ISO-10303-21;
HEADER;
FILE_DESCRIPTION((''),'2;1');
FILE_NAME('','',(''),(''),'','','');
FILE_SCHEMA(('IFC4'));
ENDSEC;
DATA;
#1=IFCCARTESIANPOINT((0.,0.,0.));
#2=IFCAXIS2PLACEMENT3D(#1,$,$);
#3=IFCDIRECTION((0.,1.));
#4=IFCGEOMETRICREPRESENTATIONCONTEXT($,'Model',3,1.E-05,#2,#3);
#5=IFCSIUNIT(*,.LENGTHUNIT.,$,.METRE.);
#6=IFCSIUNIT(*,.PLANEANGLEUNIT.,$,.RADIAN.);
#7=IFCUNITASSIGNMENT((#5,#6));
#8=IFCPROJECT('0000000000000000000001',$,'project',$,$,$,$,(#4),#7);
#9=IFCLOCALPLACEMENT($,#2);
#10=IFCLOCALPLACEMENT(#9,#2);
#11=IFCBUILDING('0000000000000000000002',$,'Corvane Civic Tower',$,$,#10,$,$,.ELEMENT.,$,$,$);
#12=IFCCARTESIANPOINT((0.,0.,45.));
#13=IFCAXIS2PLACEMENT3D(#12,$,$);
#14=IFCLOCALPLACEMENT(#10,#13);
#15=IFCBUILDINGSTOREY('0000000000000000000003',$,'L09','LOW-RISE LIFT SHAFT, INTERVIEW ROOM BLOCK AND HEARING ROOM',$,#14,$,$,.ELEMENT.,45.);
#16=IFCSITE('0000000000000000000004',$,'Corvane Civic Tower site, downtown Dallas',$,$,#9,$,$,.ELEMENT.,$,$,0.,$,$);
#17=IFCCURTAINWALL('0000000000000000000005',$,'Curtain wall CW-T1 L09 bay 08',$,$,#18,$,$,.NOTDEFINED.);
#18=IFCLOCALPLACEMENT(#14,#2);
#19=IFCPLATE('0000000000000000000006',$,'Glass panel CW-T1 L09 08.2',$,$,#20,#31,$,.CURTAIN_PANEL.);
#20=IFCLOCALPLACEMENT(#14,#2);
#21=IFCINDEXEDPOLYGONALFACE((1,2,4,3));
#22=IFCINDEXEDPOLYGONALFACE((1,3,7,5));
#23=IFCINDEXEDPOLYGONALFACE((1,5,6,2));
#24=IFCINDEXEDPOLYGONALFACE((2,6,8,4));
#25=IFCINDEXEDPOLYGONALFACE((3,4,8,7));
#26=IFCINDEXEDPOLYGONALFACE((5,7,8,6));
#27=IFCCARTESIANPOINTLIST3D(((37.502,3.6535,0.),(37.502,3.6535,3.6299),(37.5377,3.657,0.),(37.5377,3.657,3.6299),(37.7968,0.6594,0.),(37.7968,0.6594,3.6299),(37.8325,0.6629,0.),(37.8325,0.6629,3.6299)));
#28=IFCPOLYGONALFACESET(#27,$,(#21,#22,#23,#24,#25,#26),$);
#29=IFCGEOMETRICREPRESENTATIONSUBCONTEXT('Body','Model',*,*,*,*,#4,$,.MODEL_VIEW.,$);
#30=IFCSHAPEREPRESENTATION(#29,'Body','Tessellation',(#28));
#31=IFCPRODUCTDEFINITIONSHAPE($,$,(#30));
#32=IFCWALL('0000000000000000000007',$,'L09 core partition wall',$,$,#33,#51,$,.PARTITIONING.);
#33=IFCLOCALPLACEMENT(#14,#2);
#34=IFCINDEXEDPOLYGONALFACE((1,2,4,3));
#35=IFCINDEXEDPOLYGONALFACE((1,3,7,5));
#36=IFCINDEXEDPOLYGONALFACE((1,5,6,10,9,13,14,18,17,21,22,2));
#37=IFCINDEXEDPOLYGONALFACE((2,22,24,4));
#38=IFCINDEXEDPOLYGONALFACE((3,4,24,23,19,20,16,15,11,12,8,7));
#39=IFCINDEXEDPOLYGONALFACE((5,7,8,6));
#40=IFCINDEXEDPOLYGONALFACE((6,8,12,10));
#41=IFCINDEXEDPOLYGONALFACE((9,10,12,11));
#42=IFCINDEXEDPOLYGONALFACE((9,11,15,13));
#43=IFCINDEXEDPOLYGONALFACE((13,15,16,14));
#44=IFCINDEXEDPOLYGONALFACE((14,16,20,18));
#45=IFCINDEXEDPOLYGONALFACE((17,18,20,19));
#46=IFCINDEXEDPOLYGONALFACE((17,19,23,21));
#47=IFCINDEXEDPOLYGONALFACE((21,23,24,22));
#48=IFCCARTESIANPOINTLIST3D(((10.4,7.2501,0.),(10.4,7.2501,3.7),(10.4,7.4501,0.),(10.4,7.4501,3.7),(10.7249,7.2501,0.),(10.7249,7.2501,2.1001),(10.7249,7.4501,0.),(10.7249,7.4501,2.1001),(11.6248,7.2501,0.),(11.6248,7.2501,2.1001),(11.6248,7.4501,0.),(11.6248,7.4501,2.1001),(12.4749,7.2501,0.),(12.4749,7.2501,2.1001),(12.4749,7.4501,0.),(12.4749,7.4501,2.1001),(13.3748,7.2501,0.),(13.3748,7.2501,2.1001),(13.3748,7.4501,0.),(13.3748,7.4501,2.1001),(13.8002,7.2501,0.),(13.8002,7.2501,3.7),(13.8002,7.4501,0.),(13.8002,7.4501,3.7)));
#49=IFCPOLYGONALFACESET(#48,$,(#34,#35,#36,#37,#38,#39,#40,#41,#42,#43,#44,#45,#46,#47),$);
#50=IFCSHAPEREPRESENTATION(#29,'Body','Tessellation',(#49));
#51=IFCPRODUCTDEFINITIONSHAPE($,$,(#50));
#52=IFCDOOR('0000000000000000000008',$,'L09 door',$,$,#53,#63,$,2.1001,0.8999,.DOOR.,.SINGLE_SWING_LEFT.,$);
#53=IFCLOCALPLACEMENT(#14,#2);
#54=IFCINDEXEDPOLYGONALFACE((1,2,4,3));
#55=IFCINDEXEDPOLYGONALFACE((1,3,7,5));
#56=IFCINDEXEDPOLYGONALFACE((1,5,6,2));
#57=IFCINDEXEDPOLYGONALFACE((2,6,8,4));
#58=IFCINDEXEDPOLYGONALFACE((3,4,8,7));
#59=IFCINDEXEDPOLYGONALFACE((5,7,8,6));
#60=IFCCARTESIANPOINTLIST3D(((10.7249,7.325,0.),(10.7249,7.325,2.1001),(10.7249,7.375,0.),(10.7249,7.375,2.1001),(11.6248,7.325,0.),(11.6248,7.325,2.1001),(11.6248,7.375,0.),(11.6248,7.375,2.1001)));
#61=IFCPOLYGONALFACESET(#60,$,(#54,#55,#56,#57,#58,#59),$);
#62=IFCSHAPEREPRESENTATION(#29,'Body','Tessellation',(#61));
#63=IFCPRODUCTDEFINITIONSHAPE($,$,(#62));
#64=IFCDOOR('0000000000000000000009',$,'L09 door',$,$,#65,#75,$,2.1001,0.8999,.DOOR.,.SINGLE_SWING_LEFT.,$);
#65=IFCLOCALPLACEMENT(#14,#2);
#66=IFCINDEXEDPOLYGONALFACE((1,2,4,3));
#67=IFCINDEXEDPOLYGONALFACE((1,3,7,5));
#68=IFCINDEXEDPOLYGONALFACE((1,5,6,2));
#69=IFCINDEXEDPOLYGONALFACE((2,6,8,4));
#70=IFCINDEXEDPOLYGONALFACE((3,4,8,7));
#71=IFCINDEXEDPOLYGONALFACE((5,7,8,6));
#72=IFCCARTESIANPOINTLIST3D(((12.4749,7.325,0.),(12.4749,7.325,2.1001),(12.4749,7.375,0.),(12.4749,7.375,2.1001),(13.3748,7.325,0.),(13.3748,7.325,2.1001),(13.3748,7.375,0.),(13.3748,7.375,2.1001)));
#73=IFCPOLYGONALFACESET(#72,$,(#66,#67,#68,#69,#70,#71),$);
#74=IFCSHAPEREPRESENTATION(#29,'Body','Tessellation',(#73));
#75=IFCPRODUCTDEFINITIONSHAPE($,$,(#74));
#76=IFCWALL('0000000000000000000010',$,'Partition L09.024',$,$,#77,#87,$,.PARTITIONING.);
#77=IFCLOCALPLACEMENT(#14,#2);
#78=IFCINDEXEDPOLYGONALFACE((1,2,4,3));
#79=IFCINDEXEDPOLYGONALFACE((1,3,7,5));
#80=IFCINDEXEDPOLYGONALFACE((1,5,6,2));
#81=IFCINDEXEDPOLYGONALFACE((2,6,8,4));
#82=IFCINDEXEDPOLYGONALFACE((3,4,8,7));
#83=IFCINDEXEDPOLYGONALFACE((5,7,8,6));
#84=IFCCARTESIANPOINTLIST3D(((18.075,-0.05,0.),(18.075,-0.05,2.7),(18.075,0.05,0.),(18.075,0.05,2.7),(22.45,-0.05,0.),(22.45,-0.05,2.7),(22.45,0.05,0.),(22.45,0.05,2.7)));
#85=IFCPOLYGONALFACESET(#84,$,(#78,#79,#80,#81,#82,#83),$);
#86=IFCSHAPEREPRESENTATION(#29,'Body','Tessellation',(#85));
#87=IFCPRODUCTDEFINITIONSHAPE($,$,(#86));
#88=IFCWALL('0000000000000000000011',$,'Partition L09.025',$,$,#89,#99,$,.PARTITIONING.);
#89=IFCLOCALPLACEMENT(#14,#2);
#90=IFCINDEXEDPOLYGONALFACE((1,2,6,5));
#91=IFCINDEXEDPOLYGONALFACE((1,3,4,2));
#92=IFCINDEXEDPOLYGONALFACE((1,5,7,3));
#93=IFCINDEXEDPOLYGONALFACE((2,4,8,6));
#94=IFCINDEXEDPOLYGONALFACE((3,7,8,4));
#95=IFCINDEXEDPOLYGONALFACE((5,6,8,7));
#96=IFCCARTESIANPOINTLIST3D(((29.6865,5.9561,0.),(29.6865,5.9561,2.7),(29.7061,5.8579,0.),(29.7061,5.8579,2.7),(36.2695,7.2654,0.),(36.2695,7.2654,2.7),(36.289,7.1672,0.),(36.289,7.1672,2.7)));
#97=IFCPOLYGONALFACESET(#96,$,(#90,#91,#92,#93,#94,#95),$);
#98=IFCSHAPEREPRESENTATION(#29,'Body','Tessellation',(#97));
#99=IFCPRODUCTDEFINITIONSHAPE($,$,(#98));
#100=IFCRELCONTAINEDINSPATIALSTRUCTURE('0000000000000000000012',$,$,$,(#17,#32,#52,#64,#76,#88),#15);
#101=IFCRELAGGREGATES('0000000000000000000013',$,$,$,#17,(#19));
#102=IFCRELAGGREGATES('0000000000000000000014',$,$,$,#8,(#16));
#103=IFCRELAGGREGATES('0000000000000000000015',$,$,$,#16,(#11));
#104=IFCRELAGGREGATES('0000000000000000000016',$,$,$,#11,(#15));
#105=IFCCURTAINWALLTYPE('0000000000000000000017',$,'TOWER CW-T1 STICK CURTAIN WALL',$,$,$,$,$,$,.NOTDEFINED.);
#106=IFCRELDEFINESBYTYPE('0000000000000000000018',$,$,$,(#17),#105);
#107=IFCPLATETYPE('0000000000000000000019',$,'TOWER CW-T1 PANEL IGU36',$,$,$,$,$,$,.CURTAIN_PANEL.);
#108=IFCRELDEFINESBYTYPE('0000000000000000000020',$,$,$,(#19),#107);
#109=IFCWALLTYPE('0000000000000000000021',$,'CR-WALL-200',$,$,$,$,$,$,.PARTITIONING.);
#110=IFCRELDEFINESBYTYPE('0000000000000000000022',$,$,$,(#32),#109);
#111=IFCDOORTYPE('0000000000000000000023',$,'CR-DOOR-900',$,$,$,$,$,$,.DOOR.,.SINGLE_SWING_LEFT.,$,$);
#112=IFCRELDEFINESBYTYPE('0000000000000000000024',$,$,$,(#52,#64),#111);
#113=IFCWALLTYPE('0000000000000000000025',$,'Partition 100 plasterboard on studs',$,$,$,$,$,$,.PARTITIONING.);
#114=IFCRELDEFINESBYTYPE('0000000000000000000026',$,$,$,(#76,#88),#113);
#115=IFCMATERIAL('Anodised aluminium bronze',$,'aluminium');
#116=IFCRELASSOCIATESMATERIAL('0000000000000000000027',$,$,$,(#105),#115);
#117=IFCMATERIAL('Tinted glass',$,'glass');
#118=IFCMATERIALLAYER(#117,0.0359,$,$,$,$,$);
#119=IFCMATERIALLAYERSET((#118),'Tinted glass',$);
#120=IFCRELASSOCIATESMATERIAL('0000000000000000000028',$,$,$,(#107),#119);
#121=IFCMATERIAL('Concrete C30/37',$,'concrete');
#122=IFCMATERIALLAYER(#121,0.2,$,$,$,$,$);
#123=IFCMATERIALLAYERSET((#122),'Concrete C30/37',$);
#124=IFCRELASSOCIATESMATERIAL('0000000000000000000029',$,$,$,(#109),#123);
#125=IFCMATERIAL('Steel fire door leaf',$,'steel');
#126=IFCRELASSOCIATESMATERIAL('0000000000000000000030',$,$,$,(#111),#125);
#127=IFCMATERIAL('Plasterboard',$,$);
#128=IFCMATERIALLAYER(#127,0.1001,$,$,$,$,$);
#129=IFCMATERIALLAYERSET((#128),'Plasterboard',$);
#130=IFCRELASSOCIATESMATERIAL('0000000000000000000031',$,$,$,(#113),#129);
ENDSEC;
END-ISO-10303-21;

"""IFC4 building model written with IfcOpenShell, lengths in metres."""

from ifc_helpers import new_model, si_unit, direction, frame, frame_2d, origin, origin_2d, place, context, subcontext, project, spatial, rectangle, extrude, material, layer, layer_set, type_object, element, fill, aggregate, save


model = new_model("IFC4")

# Units and contexts
model_context = context("Model", 3, precision=1e-05, world=origin(), true_north=direction((0.0, 1.0)))
body_context = subcontext(model_context, "Body", "Model", "MODEL_VIEW")
ifc_project = project(units=[si_unit("LENGTHUNIT", "METRE"), si_unit("PLANEANGLEUNIT", "RADIAN")], contexts=[model_context])

# Site, building, storey
site_placement = place(None, origin())
site = spatial("IfcSite", under=ifc_project, at=site_placement, Name="Corvane Civic Tower site, downtown Dallas", CompositionType="ELEMENT", RefElevation=0.0)
building_placement = place(site_placement, origin())
building = spatial("IfcBuilding", under=site, at=building_placement, Name="Corvane Civic Tower", CompositionType="ELEMENT")
storey_placement = place(building_placement, frame((0.0, 0.0, 45.0)))
storey = spatial("IfcBuildingStorey", under=building, at=storey_placement, Name="L09", Description="LOW-RISE LIFT SHAFT, INTERVIEW ROOM BLOCK AND HEARING ROOM", CompositionType="ELEMENT", Elevation=45.0)

# Curtain wall
ifc_material_1 = material(Name="Anodised aluminium bronze", Category="aluminium")
curtain_wall_type = type_object("IfcCurtainWallType", Name="TOWER CW-T1 STICK CURTAIN WALL", PredefinedType="NOTDEFINED", material=ifc_material_1)
curtain_wall_1_placement = place(storey_placement, origin())
curtain_wall_1 = element("IfcCurtainWall", 1, at=curtain_wall_1_placement, inside=storey, type_object=curtain_wall_type, Name="Curtain wall CW-T1 L09 bay 08", PredefinedType="NOTDEFINED")

# Plate
ifc_material_2 = material(Name="Tinted glass", Category="glass")
ifc_layer_1 = layer(ifc_material_2, 0.0359)
ifc_layer_set_1 = layer_set([ifc_layer_1], Name="Tinted glass")
plate_type = type_object("IfcPlateType", Name="TOWER CW-T1 PANEL IGU36", PredefinedType="CURTAIN_PANEL", material=ifc_layer_set_1)
plate_1_placement = place(storey_placement, frame((37.6672, 2.1582, 0.0), z_axis=(0.0, 0.0, 1.0), x_axis=(0.098006, -0.995186, 0.0)))
plate_1 = element("IfcPlate", 2, at=plate_1_placement, type_object=plate_type, Name="Glass panel CW-T1 L09 08.2", PredefinedType="CURTAIN_PANEL", context=body_context, shape_type="SweptSolid", body=[
    extrude(rectangle(XDim=3.0085, YDim=0.0359, at=origin_2d()), origin(), (0.0, 0.0, 1.0), 3.6299),
])
aggregate(curtain_wall_1, [plate_1])

# Wall, openings, doors
ifc_material_3 = material(Name="Concrete C30/37", Category="concrete")
ifc_layer_2 = layer(ifc_material_3, 0.2)
ifc_layer_set_2 = layer_set([ifc_layer_2], Name="Concrete C30/37")
wall_type_1 = type_object("IfcWallType", Name="CR-WALL-200", PredefinedType="PARTITIONING", material=ifc_layer_set_2)
wall_1_placement = place(storey_placement, frame((10.3999, 7.3501, 0.0), z_axis=(0.0, 0.0, 1.0), x_axis=(1.0, 0.0, 0.0)))
wall_1 = element("IfcWall", 3, at=wall_1_placement, inside=storey, type_object=wall_type_1, Name="L09 core partition wall", PredefinedType="PARTITIONING", context=body_context, shape_type="SweptSolid", body=[
    extrude(rectangle(XDim=3.4001, YDim=0.2, at=frame_2d((1.7002, 0.0))), origin(), (0.0, 0.0, 1.0), 3.7),
])
opening_1_placement = place(wall_1_placement, frame((0.325, 0.0, 0.0)))
opening_1 = element("IfcOpeningElement", 4, at=opening_1_placement, cuts=wall_1, PredefinedType="OPENING", context=body_context, shape_type="SweptSolid", body=[
    extrude(rectangle(XDim=0.8999, YDim=2.1001, at=frame_2d((0.45, 1.05))), frame((0.0, 0.1099, 0.0), z_axis=(0.0, -1.0, 0.0), x_axis=(1.0, 0.0, 0.0)), (0.0, 0.0, 1.0), 0.22),
])
opening_2_placement = place(wall_1_placement, frame((2.075, 0.0, 0.0)))
opening_2 = element("IfcOpeningElement", 5, at=opening_2_placement, cuts=wall_1, PredefinedType="OPENING", context=body_context, shape_type="SweptSolid", body=[
    extrude(rectangle(XDim=0.8999, YDim=2.1001, at=frame_2d((0.45, 1.05))), frame((0.0, 0.1099, 0.0), z_axis=(0.0, -1.0, 0.0), x_axis=(1.0, 0.0, 0.0)), (0.0, 0.0, 1.0), 0.22),
])
ifc_material_4 = material(Name="Steel fire door leaf", Category="steel")
door_type = type_object("IfcDoorType", Name="CR-DOOR-900", OperationType="SINGLE_SWING_LEFT", PredefinedType="DOOR", material=ifc_material_4)
door_1_placement = place(opening_1_placement, origin())
door_1 = element("IfcDoor", 6, at=door_1_placement, inside=storey, type_object=door_type, Name="L09 door", OperationType="SINGLE_SWING_LEFT", OverallHeight=2.1001, OverallWidth=0.8999, PredefinedType="DOOR", context=body_context, shape_type="SweptSolid", body=[
    extrude(rectangle(XDim=0.8999, YDim=2.1001, at=frame_2d((0.45, 1.05))), frame((0.0, 0.0249, 0.0), z_axis=(0.0, -1.0, 0.0), x_axis=(1.0, 0.0, 0.0)), (0.0, 0.0, 1.0), 0.05),
])
fill(opening_1, door_1)
door_2_placement = place(opening_2_placement, origin())
door_2 = element("IfcDoor", 7, at=door_2_placement, inside=storey, type_object=door_type, Name="L09 door", OperationType="SINGLE_SWING_LEFT", OverallHeight=2.1001, OverallWidth=0.8999, PredefinedType="DOOR", context=body_context, shape_type="SweptSolid", body=[
    extrude(rectangle(XDim=0.8999, YDim=2.1001, at=frame_2d((0.45, 1.05))), frame((0.0, 0.0249, 0.0), z_axis=(0.0, -1.0, 0.0), x_axis=(1.0, 0.0, 0.0)), (0.0, 0.0, 1.0), 0.05),
])
fill(opening_2, door_2)

# Walls
ifc_material_5 = material(Name="Plasterboard")
ifc_layer_3 = layer(ifc_material_5, 0.1001)
ifc_layer_set_3 = layer_set([ifc_layer_3], Name="Plasterboard")
wall_type_2 = type_object("IfcWallType", Name="Partition 100 plasterboard on studs", PredefinedType="PARTITIONING", material=ifc_layer_set_3)
wall_2_placement = place(storey_placement, frame((18.075, 0.0, 0.0), z_axis=(0.0, 0.0, 1.0), x_axis=(1.0, 0.0, 0.0)))
element("IfcWall", 8, at=wall_2_placement, inside=storey, type_object=wall_type_2, Name="Partition L09.024", PredefinedType="PARTITIONING", context=body_context, shape_type="SweptSolid", body=[
    extrude(rectangle(XDim=4.375, YDim=0.1001, at=frame_2d((2.1875, 0.0))), origin(), (0.0, 0.0, 1.0), 2.7),
])
wall_3_placement = place(storey_placement, frame((29.6963, 5.907, 0.0), z_axis=(0.0, 0.0, 1.0), x_axis=(0.980789, 0.195074, 0.0)))
element("IfcWall", 9, at=wall_3_placement, inside=storey, type_object=wall_type_2, Name="Partition L09.025", PredefinedType="PARTITIONING", context=body_context, shape_type="SweptSolid", body=[
    extrude(rectangle(XDim=6.7119, YDim=0.1001, at=frame_2d((3.356, 0.0))), origin(), (0.0, 0.0, 1.0), 2.7),
])

save(model, "model.ifc")
